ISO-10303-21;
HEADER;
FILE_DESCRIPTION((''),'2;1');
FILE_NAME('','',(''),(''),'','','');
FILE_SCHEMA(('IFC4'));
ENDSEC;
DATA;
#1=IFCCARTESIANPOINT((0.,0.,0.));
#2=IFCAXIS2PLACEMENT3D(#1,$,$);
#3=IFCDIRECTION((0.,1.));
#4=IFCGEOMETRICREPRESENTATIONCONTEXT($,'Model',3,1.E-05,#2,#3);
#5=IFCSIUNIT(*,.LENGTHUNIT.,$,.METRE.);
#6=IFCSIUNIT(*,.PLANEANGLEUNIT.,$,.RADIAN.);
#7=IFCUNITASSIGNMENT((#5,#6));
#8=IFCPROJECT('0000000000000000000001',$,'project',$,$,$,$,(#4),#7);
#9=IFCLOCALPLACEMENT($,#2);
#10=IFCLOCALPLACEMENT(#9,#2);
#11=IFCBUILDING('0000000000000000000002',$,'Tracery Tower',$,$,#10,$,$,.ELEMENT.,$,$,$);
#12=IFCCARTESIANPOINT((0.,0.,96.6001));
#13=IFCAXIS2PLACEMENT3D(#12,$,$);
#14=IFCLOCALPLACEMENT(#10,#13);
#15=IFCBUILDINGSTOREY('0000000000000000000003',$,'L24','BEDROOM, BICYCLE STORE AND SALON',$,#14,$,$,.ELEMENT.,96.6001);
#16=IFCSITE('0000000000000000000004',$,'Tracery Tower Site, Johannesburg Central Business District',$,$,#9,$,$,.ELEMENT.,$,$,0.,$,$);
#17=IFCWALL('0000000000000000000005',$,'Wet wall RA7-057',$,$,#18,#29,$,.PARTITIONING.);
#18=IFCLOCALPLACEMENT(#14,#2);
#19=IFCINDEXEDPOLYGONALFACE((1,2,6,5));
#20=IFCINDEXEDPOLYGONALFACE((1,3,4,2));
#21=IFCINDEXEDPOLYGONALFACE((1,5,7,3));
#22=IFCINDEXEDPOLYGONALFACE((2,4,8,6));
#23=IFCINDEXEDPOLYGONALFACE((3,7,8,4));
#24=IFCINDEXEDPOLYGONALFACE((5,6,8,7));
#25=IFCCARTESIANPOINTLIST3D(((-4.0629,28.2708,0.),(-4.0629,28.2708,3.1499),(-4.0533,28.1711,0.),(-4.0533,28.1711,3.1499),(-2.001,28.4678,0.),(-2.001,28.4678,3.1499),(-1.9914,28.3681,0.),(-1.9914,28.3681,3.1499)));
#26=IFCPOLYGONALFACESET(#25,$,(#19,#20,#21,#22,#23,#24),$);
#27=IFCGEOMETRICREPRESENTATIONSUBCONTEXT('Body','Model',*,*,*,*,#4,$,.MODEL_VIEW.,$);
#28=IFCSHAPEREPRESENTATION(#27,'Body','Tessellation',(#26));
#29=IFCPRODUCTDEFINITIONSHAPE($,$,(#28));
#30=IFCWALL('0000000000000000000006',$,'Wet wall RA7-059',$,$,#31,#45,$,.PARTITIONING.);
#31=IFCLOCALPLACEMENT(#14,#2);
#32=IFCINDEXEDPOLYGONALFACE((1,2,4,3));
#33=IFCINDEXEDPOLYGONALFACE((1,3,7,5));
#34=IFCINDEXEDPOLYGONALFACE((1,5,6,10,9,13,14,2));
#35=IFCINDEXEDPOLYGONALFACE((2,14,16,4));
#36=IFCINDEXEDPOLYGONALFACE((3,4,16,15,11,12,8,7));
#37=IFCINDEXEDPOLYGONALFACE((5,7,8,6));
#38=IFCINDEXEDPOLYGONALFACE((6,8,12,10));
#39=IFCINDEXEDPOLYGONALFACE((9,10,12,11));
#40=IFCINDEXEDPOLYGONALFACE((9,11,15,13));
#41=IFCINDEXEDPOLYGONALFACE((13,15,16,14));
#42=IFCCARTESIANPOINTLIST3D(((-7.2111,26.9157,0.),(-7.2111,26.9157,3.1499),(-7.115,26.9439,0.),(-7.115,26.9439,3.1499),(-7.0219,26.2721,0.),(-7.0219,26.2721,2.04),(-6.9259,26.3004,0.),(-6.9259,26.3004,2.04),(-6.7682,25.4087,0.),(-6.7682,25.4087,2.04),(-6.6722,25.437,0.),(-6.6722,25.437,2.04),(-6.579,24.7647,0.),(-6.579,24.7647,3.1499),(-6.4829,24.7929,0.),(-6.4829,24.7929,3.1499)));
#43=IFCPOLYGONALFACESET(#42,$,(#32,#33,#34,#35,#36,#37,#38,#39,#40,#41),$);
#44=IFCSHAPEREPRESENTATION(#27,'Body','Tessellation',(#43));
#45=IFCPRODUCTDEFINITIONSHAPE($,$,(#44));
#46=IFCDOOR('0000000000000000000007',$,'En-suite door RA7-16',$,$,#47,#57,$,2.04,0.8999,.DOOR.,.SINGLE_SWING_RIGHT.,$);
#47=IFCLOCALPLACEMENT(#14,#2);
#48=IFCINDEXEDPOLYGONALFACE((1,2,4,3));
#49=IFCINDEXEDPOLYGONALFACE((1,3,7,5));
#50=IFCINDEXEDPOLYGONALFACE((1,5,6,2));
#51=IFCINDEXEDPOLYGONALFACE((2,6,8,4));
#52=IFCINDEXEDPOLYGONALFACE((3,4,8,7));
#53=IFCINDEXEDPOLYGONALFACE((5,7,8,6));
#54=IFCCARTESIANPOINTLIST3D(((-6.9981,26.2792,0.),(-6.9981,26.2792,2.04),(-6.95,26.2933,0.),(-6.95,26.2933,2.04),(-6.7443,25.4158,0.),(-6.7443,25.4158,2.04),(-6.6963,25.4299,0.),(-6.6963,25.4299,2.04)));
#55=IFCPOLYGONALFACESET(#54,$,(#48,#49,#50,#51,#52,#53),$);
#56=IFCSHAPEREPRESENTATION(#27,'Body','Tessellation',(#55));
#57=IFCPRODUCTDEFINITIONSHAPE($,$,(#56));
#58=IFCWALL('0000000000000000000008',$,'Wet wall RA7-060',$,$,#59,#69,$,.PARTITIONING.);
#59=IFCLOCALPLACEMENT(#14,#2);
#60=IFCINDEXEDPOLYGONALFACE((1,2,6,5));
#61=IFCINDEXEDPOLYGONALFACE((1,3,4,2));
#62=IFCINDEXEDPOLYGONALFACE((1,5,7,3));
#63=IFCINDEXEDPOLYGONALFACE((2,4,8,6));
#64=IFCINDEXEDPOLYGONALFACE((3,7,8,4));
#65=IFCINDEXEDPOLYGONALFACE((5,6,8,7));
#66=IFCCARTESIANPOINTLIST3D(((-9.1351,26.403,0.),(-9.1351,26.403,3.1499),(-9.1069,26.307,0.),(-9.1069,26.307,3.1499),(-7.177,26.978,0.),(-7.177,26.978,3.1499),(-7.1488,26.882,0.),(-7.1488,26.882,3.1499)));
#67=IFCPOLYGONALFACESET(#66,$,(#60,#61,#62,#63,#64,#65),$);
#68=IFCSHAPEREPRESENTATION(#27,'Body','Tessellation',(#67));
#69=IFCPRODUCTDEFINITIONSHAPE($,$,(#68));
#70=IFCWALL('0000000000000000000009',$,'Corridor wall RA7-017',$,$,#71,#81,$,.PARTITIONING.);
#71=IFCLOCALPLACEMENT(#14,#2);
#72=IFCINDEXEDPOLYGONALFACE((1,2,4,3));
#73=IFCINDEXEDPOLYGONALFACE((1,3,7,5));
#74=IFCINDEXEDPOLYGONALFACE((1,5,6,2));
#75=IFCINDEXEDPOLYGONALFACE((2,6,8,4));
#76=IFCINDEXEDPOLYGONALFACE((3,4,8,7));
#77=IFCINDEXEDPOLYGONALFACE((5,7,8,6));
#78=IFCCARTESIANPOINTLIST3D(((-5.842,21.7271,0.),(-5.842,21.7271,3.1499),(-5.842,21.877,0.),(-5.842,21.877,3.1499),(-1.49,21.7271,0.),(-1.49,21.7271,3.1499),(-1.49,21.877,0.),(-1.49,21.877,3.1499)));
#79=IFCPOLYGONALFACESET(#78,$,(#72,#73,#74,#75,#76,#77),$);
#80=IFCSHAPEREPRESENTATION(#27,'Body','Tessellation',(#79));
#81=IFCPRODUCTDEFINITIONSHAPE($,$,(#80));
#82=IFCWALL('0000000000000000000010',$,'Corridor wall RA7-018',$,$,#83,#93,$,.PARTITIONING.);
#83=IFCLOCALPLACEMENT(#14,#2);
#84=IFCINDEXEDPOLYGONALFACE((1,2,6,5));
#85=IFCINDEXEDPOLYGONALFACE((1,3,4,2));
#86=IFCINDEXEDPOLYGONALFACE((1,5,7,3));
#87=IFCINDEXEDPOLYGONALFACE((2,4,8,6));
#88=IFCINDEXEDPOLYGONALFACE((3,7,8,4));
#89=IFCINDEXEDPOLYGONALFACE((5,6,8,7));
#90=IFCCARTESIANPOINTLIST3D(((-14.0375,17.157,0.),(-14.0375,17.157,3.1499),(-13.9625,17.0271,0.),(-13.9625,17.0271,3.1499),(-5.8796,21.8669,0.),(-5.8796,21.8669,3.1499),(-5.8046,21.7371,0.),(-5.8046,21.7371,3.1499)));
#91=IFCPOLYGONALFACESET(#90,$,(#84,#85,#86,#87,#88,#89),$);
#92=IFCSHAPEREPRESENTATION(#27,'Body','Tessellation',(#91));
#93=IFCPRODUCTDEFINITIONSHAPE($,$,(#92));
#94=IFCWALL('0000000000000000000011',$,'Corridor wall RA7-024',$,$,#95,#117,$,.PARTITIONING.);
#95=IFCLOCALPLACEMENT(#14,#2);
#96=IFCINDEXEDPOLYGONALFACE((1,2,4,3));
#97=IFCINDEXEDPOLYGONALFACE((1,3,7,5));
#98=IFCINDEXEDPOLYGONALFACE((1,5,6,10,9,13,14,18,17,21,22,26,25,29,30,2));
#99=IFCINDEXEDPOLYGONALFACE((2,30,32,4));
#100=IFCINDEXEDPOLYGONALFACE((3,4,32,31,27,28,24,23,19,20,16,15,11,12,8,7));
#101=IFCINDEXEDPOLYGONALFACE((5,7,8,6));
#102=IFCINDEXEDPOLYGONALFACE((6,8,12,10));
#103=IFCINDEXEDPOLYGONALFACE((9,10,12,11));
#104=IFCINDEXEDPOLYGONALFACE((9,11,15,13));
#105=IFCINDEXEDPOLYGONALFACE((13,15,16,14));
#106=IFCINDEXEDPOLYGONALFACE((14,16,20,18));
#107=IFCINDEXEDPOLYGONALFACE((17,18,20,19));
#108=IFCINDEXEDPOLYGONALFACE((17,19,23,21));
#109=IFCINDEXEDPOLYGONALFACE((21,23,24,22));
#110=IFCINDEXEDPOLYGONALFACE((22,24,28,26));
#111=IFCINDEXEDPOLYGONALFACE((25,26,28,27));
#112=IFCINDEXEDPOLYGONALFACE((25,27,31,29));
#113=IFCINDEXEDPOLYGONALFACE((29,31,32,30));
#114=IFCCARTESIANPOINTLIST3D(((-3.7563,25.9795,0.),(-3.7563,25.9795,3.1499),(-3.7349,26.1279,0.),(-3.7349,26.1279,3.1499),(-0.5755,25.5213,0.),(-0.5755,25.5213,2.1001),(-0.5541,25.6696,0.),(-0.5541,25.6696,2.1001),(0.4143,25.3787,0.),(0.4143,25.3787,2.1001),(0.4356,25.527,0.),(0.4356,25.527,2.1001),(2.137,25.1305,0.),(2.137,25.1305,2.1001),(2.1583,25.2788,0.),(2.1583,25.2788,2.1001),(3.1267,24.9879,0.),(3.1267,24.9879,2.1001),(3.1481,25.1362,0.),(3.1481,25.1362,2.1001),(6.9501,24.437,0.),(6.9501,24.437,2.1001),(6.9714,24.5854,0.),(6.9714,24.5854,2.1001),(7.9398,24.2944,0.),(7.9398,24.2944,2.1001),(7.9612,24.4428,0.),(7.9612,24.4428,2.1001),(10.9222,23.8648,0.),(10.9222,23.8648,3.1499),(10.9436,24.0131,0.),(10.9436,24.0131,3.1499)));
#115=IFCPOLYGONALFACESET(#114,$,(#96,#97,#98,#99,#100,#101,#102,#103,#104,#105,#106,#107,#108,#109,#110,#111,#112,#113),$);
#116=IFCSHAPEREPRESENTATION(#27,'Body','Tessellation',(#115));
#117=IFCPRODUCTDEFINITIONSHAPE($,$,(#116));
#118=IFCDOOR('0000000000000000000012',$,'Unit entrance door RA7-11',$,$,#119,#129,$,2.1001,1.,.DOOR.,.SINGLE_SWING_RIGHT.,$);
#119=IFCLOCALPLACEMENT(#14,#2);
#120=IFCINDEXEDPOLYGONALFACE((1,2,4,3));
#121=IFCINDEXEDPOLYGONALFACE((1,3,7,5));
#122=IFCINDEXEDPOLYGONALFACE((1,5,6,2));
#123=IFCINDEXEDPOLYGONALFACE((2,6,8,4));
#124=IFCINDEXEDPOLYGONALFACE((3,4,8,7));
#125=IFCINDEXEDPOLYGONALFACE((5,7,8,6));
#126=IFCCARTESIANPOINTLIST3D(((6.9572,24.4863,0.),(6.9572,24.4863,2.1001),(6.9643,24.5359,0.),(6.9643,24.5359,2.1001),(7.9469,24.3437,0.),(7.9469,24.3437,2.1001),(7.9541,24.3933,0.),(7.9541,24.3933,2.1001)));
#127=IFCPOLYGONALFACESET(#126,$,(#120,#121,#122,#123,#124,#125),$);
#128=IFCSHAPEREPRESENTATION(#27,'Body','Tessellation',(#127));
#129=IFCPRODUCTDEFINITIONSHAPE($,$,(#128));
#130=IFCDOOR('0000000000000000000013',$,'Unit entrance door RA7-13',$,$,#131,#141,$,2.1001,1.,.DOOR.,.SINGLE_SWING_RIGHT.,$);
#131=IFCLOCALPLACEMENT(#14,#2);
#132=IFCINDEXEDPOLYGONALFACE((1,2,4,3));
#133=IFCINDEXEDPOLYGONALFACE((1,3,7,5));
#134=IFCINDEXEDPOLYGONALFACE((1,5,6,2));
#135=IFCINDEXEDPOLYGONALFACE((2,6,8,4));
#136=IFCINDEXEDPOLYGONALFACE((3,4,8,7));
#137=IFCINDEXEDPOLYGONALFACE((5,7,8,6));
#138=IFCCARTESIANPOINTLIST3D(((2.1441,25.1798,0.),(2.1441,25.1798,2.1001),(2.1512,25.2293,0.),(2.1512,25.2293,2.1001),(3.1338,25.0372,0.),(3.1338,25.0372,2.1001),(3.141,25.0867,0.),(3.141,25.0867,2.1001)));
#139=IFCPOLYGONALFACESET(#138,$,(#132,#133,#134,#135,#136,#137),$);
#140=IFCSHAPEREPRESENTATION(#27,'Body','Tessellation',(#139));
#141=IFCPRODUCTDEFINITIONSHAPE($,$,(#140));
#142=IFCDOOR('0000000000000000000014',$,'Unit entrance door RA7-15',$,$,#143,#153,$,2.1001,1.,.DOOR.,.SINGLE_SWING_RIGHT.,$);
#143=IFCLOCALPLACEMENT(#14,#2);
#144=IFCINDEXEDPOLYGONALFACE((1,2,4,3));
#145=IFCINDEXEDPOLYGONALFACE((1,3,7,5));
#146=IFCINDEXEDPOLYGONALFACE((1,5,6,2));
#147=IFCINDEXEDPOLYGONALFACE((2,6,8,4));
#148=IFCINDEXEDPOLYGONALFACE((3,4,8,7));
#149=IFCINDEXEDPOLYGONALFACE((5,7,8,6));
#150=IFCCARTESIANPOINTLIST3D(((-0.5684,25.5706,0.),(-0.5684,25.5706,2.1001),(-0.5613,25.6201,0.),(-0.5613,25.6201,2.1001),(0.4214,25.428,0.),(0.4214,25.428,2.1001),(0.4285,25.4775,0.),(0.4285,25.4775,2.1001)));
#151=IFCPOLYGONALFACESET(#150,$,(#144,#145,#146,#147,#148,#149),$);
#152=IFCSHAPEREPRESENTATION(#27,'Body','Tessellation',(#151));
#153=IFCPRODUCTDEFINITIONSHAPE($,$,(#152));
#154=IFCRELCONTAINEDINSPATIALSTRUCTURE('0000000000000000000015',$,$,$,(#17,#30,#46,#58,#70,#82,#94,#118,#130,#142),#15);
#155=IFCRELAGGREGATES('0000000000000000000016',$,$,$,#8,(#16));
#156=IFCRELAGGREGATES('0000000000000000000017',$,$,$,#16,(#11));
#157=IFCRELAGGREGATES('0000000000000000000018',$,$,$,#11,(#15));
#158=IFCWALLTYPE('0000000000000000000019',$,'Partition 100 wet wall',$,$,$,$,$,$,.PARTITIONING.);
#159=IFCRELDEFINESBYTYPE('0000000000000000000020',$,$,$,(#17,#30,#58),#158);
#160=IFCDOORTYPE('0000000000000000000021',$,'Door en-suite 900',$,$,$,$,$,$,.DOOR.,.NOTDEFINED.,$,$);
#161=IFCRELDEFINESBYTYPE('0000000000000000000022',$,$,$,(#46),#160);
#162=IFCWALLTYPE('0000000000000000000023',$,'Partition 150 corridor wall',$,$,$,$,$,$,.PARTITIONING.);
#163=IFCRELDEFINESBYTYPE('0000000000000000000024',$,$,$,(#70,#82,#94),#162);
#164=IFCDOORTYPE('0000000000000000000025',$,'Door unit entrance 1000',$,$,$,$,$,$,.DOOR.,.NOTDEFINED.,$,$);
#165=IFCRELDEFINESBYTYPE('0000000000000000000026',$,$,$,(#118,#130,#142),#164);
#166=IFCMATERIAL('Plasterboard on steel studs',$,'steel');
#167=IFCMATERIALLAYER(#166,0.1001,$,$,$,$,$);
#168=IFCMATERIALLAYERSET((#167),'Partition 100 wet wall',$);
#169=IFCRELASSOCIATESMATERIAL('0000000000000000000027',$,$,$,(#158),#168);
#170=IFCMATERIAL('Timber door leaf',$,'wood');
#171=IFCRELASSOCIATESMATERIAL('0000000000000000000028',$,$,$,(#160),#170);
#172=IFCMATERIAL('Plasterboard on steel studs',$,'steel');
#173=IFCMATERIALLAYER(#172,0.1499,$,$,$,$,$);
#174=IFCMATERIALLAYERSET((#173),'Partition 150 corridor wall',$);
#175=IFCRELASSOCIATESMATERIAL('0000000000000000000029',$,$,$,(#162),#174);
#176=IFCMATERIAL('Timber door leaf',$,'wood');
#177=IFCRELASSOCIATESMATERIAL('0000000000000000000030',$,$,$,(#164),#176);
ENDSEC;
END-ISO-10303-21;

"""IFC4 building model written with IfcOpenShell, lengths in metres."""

from ifc_helpers import new_model, si_unit, direction, frame, frame_2d, origin, place, context, subcontext, project, spatial, rectangle, extrude, material, layer, layer_set, type_object, element, fill, save


model = new_model("IFC4")

# Units and contexts
model_context = context("Model", 3, precision=1e-05, world=origin(), true_north=direction((0.0, 1.0)))
body_context = subcontext(model_context, "Body", "Model", "MODEL_VIEW")
ifc_project = project(units=[si_unit("LENGTHUNIT", "METRE"), si_unit("PLANEANGLEUNIT", "RADIAN")], contexts=[model_context])

# Site, building, storey
site_placement = place(None, origin())
site = spatial("IfcSite", under=ifc_project, at=site_placement, Name="Tracery Tower Site, Johannesburg Central Business District", CompositionType="ELEMENT", RefElevation=0.0)
building_placement = place(site_placement, origin())
building = spatial("IfcBuilding", under=site, at=building_placement, Name="Tracery Tower", CompositionType="ELEMENT")
storey_placement = place(building_placement, frame((0.0, 0.0, 96.6001)))
storey = spatial("IfcBuildingStorey", under=building, at=storey_placement, Name="L24", Description="BEDROOM, BICYCLE STORE AND SALON", CompositionType="ELEMENT", Elevation=96.6001)

# Shared definitions
ifc_material_1 = material(Name="Plasterboard on steel studs", Category="steel")
ifc_layer_1 = layer(ifc_material_1, 0.1001)
ifc_layer_set_1 = layer_set([ifc_layer_1], Name="Partition 100 wet wall")
wall_type_1 = type_object("IfcWallType", Name="Partition 100 wet wall", PredefinedType="PARTITIONING", material=ifc_layer_set_1)
ifc_material_2 = material(Name="Timber door leaf", Category="wood")
door_type_1 = type_object("IfcDoorType", Name="Door en-suite 900", OperationType="NOTDEFINED", PredefinedType="DOOR", material=ifc_material_2)

# Wall
wall_1_placement = place(storey_placement, frame((-4.0581, 28.2209, 0.0), z_axis=(0.0, 0.0, 1.0), x_axis=(0.995466, 0.095115, 0.0)))
element("IfcWall", 1, at=wall_1_placement, inside=storey, type_object=wall_type_1, Name="Wet wall RA7-057", PredefinedType="PARTITIONING", context=body_context, shape_type="SweptSolid", body=[
    extrude(rectangle(XDim=2.0713, YDim=0.1001, at=frame_2d((1.0356, 0.0))), origin(), (0.0, 0.0, 1.0), 3.1499),
])

# Wall, opening, door
wall_2_placement = place(storey_placement, frame((-7.1631, 26.9299, 0.0), z_axis=(0.0, 0.0, 1.0), x_axis=(0.281948, -0.95943, 0.0)))
wall_2 = element("IfcWall", 2, at=wall_2_placement, inside=storey, type_object=wall_type_1, Name="Wet wall RA7-059", PredefinedType="PARTITIONING", context=body_context, shape_type="SweptSolid", body=[
    extrude(rectangle(XDim=2.2419, YDim=0.1001, at=frame_2d((1.1211, 0.0))), origin(), (0.0, 0.0, 1.0), 3.1499),
])
opening_1_placement = place(wall_2_placement, frame((0.6709, 0.0, 0.0)))
opening_1 = element("IfcOpeningElement", 3, at=opening_1_placement, cuts=wall_2, PredefinedType="OPENING", context=body_context, shape_type="SweptSolid", body=[
    extrude(rectangle(XDim=0.8999, YDim=2.04, at=frame_2d((0.45, 1.02))), frame((0.0, 0.05, 0.0), z_axis=(0.0, -1.0, 0.0), x_axis=(1.0, 0.0, 0.0)), (0.0, 0.0, 1.0), 0.1001),
])
door_1_placement = place(opening_1_placement, origin())
door_1 = element("IfcDoor", 4, at=door_1_placement, inside=storey, type_object=door_type_1, Name="En-suite door RA7-16", OperationType="SINGLE_SWING_RIGHT", OverallHeight=2.04, OverallWidth=0.8999, PredefinedType="DOOR", context=body_context, shape_type="SweptSolid", body=[
    extrude(rectangle(XDim=0.8999, YDim=2.04, at=frame_2d((0.45, 1.02))), frame((0.0, 0.0249, 0.0), z_axis=(0.0, -1.0, 0.0), x_axis=(1.0, 0.0, 0.0)), (0.0, 0.0, 1.0), 0.05),
])
fill(opening_1, door_1)

# Walls
wall_3_placement = place(storey_placement, frame((-9.1211, 26.355, 0.0), z_axis=(0.0, 0.0, 1.0), x_axis=(0.959489, 0.281745, 0.0)))
element("IfcWall", 5, at=wall_3_placement, inside=storey, type_object=wall_type_1, Name="Wet wall RA7-060", PredefinedType="PARTITIONING", context=body_context, shape_type="SweptSolid", body=[
    extrude(rectangle(XDim=2.0408, YDim=0.1001, at=frame_2d((1.0205, 0.0))), origin(), (0.0, 0.0, 1.0), 3.1499),
])
ifc_material_3 = material(Name="Plasterboard on steel studs", Category="steel")
ifc_layer_2 = layer(ifc_material_3, 0.1499)
ifc_layer_set_2 = layer_set([ifc_layer_2], Name="Partition 150 corridor wall")
wall_type_2 = type_object("IfcWallType", Name="Partition 150 corridor wall", PredefinedType="PARTITIONING", material=ifc_layer_set_2)
wall_4_placement = place(storey_placement, frame((-5.842, 21.802, 0.0), z_axis=(0.0, 0.0, 1.0), x_axis=(1.0, 0.0, 0.0)))
element("IfcWall", 6, at=wall_4_placement, inside=storey, type_object=wall_type_2, Name="Corridor wall RA7-017", PredefinedType="PARTITIONING", context=body_context, shape_type="SweptSolid", body=[
    extrude(rectangle(XDim=4.3521, YDim=0.1499, at=frame_2d((2.176, 0.0))), origin(), (0.0, 0.0, 1.0), 3.1499),
])
wall_5_placement = place(storey_placement, frame((-14.0, 17.092, 0.0), z_axis=(0.0, 0.0, 1.0), x_axis=(0.866027, 0.499997, 0.0)))
element("IfcWall", 7, at=wall_5_placement, inside=storey, type_object=wall_type_2, Name="Corridor wall RA7-018", PredefinedType="PARTITIONING", context=body_context, shape_type="SweptSolid", body=[
    extrude(rectangle(XDim=9.4199, YDim=0.1499, at=frame_2d((4.71, 0.0))), origin(), (0.0, 0.0, 1.0), 3.1499),
])

# Wall, openings, doors
wall_6_placement = place(storey_placement, frame((-3.7456, 26.0537, 0.0), z_axis=(0.0, 0.0, 1.0), x_axis=(0.989781, -0.142599, 0.0)))
wall_6 = element("IfcWall", 8, at=wall_6_placement, inside=storey, type_object=wall_type_2, Name="Corridor wall RA7-024", PredefinedType="PARTITIONING", context=body_context, shape_type="SweptSolid", body=[
    extrude(rectangle(XDim=14.8301, YDim=0.1499, at=frame_2d((7.415, 0.0))), origin(), (0.0, 0.0, 1.0), 3.1499),
])
opening_2_placement = place(wall_6_placement, frame((10.8169, 0.0, 0.0)))
opening_2 = element("IfcOpeningElement", 9, at=opening_2_placement, cuts=wall_6, PredefinedType="OPENING", context=body_context, shape_type="SweptSolid", body=[
    extrude(rectangle(XDim=1.0, YDim=2.1001, at=frame_2d((0.5, 1.05))), frame((0.0, 0.075, 0.0), z_axis=(0.0, -1.0, 0.0), x_axis=(1.0, 0.0, 0.0)), (0.0, 0.0, 1.0), 0.1499),
])
opening_3_placement = place(wall_6_placement, frame((5.9541, 0.0, 0.0)))
opening_3 = element("IfcOpeningElement", 10, at=opening_3_placement, cuts=wall_6, PredefinedType="OPENING", context=body_context, shape_type="SweptSolid", body=[
    extrude(rectangle(XDim=1.0, YDim=2.1001, at=frame_2d((0.5, 1.05))), frame((0.0, 0.075, 0.0), z_axis=(0.0, -1.0, 0.0), x_axis=(1.0, 0.0, 0.0)), (0.0, 0.0, 1.0), 0.1499),
])
opening_4_placement = place(wall_6_placement, frame((3.2136, 0.0, 0.0)))
opening_4 = element("IfcOpeningElement", 11, at=opening_4_placement, cuts=wall_6, PredefinedType="OPENING", context=body_context, shape_type="SweptSolid", body=[
    extrude(rectangle(XDim=1.0, YDim=2.1001, at=frame_2d((0.5, 1.05))), frame((0.0, 0.075, 0.0), z_axis=(0.0, -1.0, 0.0), x_axis=(1.0, 0.0, 0.0)), (0.0, 0.0, 1.0), 0.1499),
])
ifc_material_4 = material(Name="Timber door leaf", Category="wood")
door_type_2 = type_object("IfcDoorType", Name="Door unit entrance 1000", OperationType="NOTDEFINED", PredefinedType="DOOR", material=ifc_material_4)
door_2_placement = place(opening_2_placement, origin())
door_2 = element("IfcDoor", 12, at=door_2_placement, inside=storey, type_object=door_type_2, Name="Unit entrance door RA7-11", OperationType="SINGLE_SWING_RIGHT", OverallHeight=2.1001, OverallWidth=1.0, PredefinedType="DOOR", context=body_context, shape_type="SweptSolid", body=[
    extrude(rectangle(XDim=1.0, YDim=2.1001, at=frame_2d((0.5, 1.05))), frame((0.0, 0.0249, 0.0), z_axis=(0.0, -1.0, 0.0), x_axis=(1.0, 0.0, 0.0)), (0.0, 0.0, 1.0), 0.05),
])
fill(opening_2, door_2)
door_3_placement = place(opening_3_placement, origin())
door_3 = element("IfcDoor", 13, at=door_3_placement, inside=storey, type_object=door_type_2, Name="Unit entrance door RA7-13", OperationType="SINGLE_SWING_RIGHT", OverallHeight=2.1001, OverallWidth=1.0, PredefinedType="DOOR", context=body_context, shape_type="SweptSolid", body=[
    extrude(rectangle(XDim=1.0, YDim=2.1001, at=frame_2d((0.5, 1.05))), frame((0.0, 0.0249, 0.0), z_axis=(0.0, -1.0, 0.0), x_axis=(1.0, 0.0, 0.0)), (0.0, 0.0, 1.0), 0.05),
])
fill(opening_3, door_3)
door_4_placement = place(opening_4_placement, origin())
door_4 = element("IfcDoor", 14, at=door_4_placement, inside=storey, type_object=door_type_2, Name="Unit entrance door RA7-15", OperationType="SINGLE_SWING_RIGHT", OverallHeight=2.1001, OverallWidth=1.0, PredefinedType="DOOR", context=body_context, shape_type="SweptSolid", body=[
    extrude(rectangle(XDim=1.0, YDim=2.1001, at=frame_2d((0.5, 1.05))), frame((0.0, 0.0249, 0.0), z_axis=(0.0, -1.0, 0.0), x_axis=(1.0, 0.0, 0.0)), (0.0, 0.0, 1.0), 0.05),
])
fill(opening_4, door_4)

save(model, "model.ifc")
